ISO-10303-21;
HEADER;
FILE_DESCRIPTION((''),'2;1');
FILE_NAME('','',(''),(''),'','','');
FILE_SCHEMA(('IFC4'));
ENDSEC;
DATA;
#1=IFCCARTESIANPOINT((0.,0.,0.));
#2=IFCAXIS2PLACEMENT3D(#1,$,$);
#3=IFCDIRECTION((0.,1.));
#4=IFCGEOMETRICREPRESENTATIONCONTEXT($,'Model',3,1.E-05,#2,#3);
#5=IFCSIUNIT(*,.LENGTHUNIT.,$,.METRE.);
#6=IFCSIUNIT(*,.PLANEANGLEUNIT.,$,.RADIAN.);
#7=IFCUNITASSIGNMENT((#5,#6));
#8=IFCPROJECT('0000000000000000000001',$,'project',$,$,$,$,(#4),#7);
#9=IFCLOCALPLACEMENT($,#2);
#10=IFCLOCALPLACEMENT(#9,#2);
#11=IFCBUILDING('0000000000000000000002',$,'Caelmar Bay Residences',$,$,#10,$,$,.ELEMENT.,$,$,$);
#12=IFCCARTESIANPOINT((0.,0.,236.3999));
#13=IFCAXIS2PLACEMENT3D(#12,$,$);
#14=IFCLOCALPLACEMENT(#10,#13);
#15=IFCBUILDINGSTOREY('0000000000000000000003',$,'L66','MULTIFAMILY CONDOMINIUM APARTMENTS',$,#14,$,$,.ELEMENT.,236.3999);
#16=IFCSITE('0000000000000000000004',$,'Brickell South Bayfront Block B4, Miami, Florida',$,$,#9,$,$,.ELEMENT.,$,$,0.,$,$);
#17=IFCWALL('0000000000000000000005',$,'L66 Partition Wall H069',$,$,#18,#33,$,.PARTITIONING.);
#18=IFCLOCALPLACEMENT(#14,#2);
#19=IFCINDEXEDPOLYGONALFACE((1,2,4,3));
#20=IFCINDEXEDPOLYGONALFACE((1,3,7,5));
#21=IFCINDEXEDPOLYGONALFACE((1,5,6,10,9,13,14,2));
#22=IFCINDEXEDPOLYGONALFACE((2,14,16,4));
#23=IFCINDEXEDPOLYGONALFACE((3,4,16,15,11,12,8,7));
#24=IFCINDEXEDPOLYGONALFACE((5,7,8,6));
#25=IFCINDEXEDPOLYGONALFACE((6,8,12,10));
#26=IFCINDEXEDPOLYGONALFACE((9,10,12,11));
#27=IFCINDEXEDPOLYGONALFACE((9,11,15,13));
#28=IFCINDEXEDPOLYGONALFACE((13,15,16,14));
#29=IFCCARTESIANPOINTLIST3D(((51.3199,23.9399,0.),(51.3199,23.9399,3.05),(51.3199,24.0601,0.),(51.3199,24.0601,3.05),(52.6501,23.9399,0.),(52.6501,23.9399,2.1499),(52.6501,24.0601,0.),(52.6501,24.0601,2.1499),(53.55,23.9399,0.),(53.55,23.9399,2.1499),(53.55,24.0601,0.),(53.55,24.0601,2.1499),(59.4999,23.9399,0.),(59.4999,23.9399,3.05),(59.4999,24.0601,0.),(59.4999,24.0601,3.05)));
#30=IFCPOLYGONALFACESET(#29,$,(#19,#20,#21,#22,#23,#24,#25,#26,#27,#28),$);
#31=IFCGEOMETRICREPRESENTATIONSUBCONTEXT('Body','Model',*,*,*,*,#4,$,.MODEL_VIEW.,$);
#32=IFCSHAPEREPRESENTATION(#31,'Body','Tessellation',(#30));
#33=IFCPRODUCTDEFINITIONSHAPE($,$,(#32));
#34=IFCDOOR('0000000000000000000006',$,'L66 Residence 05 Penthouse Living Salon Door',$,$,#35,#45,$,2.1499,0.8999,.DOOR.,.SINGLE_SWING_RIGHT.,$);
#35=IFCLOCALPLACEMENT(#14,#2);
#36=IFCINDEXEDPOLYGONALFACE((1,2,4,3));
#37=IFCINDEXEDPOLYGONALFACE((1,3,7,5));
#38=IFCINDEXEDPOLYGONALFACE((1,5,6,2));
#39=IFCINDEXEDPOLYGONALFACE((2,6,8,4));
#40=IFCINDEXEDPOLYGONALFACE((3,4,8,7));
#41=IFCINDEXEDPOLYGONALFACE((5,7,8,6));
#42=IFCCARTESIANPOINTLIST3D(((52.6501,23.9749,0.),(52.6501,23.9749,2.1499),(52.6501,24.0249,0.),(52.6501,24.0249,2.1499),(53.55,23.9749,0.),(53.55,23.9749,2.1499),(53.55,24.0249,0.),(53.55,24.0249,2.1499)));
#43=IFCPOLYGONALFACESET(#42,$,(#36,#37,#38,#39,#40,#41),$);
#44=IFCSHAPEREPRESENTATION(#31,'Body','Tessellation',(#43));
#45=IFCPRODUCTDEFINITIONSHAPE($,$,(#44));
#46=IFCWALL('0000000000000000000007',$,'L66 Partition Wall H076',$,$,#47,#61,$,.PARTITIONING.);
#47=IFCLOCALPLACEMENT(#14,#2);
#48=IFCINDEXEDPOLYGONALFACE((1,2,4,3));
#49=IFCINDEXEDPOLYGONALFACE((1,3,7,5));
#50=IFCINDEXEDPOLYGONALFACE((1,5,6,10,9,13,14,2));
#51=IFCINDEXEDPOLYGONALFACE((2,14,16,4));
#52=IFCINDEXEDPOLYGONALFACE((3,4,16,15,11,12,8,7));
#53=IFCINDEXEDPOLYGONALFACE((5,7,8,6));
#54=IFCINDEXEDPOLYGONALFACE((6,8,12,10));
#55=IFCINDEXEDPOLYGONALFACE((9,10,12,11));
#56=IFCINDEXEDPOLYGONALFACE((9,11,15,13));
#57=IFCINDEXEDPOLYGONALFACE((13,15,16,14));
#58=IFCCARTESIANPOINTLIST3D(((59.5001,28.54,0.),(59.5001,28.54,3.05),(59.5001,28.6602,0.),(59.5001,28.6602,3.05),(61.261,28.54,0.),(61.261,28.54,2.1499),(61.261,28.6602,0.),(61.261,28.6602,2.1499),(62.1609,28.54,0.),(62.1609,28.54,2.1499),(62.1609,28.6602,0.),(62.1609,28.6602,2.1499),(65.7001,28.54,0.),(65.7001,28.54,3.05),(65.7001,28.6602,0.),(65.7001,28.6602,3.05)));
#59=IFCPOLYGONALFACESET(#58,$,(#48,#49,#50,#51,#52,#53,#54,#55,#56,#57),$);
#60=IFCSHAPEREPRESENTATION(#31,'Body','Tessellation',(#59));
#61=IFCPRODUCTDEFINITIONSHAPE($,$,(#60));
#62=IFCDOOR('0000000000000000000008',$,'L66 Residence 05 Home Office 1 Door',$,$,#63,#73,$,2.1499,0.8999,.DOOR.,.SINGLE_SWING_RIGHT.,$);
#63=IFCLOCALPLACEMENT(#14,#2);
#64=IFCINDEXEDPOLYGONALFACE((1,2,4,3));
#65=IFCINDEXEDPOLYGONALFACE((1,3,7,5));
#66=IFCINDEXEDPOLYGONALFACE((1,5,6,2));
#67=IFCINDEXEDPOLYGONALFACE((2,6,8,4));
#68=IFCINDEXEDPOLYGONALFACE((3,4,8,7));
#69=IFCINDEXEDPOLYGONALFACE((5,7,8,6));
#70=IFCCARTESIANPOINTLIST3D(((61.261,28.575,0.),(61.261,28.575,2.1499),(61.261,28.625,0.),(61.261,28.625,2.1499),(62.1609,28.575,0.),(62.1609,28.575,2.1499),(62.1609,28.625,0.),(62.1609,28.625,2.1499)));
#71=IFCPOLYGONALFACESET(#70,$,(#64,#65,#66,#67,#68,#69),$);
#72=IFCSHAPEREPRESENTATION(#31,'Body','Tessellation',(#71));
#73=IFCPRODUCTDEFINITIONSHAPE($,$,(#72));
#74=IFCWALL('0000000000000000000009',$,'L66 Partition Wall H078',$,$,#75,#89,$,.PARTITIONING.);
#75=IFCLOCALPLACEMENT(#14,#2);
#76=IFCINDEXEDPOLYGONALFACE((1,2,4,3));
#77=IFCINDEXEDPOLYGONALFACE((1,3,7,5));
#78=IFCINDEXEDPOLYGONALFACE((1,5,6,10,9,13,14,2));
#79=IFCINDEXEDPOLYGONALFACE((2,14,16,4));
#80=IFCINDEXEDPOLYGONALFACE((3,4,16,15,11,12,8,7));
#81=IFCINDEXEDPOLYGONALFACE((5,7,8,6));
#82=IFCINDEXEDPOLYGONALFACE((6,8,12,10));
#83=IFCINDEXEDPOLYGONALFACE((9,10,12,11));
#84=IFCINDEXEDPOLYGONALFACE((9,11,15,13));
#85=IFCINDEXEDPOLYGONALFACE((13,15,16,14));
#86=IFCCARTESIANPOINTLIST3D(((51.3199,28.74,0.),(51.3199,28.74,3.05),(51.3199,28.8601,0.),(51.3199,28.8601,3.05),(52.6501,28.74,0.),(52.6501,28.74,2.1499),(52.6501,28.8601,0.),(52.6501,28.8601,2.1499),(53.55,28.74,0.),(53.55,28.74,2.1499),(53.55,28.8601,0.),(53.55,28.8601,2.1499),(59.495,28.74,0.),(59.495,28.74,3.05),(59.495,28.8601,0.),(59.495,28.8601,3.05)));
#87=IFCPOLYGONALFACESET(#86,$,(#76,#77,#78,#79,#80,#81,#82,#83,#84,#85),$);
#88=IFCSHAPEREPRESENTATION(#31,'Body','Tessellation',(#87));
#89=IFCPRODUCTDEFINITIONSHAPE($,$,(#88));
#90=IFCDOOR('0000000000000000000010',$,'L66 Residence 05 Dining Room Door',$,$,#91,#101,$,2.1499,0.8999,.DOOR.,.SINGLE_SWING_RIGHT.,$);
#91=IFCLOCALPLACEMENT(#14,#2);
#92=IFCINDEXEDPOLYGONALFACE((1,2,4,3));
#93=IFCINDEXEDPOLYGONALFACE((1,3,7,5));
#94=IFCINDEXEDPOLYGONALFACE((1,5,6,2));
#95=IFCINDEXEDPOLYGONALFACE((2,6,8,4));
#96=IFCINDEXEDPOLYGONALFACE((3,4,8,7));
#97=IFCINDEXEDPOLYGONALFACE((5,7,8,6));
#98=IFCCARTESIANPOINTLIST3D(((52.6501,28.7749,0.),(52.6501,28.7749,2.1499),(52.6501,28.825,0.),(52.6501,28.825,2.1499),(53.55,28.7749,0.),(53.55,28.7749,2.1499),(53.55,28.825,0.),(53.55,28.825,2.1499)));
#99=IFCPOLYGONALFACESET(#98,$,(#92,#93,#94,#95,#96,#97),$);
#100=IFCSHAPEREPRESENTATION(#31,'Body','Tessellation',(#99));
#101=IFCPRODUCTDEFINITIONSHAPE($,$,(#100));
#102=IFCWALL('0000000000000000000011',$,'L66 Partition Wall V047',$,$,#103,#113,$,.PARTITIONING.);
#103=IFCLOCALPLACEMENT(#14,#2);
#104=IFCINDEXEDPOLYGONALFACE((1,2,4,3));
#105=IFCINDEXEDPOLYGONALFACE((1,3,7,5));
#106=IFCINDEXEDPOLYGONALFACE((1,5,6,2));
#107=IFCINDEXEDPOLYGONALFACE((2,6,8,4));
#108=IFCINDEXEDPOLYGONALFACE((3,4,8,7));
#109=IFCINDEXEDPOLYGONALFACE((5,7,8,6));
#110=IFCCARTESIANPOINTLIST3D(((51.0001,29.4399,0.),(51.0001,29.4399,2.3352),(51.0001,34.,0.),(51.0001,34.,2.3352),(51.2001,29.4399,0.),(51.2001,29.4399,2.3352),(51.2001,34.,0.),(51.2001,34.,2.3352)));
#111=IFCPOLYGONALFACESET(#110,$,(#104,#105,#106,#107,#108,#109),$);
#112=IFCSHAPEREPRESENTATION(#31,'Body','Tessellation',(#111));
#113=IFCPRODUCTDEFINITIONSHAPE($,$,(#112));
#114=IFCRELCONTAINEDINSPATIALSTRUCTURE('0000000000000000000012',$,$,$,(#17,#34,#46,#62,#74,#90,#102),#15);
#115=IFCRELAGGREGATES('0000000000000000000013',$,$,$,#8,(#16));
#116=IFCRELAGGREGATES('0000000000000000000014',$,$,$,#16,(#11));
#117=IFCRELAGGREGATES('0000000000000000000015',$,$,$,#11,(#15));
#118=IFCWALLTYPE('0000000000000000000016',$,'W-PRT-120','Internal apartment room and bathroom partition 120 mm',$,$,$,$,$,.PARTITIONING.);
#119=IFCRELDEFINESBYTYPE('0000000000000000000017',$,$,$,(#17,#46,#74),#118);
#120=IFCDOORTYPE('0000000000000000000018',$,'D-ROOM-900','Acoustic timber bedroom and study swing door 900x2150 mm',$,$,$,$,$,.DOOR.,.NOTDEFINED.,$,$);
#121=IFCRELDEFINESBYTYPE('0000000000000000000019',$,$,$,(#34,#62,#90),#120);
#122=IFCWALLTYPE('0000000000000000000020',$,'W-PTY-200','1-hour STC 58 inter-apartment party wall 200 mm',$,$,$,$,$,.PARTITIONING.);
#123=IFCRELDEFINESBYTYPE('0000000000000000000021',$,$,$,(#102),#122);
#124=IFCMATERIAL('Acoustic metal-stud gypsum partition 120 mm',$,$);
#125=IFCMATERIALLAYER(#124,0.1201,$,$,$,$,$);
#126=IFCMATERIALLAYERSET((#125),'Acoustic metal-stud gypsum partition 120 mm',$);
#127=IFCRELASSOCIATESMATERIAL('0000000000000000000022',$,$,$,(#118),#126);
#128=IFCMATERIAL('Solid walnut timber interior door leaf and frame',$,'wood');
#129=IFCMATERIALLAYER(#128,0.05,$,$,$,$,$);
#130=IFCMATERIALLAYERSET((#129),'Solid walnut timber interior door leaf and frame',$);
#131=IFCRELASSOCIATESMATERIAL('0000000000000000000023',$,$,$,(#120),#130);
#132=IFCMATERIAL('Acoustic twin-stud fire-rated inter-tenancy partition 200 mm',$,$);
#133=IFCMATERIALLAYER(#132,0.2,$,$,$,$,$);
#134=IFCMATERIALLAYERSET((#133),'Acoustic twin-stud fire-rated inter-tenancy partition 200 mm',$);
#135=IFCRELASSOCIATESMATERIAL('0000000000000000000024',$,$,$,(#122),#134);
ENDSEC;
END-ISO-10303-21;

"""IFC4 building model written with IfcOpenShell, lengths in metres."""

from ifc_helpers import new_model, si_unit, direction, frame, frame_2d, origin, place, context, subcontext, project, spatial, rectangle, extrude, material, layer, layer_set, type_object, element, fill, save


model = new_model("IFC4")

# Units and contexts
model_context = context("Model", 3, precision=1e-05, world=origin(), true_north=direction((0.0, 1.0)))
body_context = subcontext(model_context, "Body", "Model", "MODEL_VIEW")
ifc_project = project(units=[si_unit("LENGTHUNIT", "METRE"), si_unit("PLANEANGLEUNIT", "RADIAN")], contexts=[model_context])

# Site, building, storey
site_placement = place(None, origin())
site = spatial("IfcSite", under=ifc_project, at=site_placement, Name="Brickell South Bayfront Block B4, Miami, Florida", CompositionType="ELEMENT", RefElevation=0.0)
building_placement = place(site_placement, origin())
building = spatial("IfcBuilding", under=site, at=building_placement, Name="Caelmar Bay Residences", CompositionType="ELEMENT")
storey_placement = place(building_placement, frame((0.0, 0.0, 236.3999)))
storey = spatial("IfcBuildingStorey", under=building, at=storey_placement, Name="L66", Description="MULTIFAMILY CONDOMINIUM APARTMENTS", CompositionType="ELEMENT", Elevation=236.3999)

# Shared definitions
ifc_material_1 = material(Name="Acoustic metal-stud gypsum partition 120 mm")
ifc_layer_1 = layer(ifc_material_1, 0.1201)
ifc_layer_set_1 = layer_set([ifc_layer_1], Name="Acoustic metal-stud gypsum partition 120 mm")
wall_type_1 = type_object("IfcWallType", Name="W-PRT-120", Description="Internal apartment room and bathroom partition 120 mm", PredefinedType="PARTITIONING", material=ifc_layer_set_1)

# Shared definitions
ifc_material_2 = material(Name="Solid walnut timber interior door leaf and frame", Category="wood")
ifc_layer_2 = layer(ifc_material_2, 0.05)
ifc_layer_set_2 = layer_set([ifc_layer_2], Name="Solid walnut timber interior door leaf and frame")
door_type_1 = type_object("IfcDoorType", Name="D-ROOM-900", Description="Acoustic timber bedroom and study swing door 900x2150 mm", OperationType="NOTDEFINED", PredefinedType="DOOR", material=ifc_layer_set_2)

# Walls, openings, doors
wall_1_placement = place(storey_placement, frame((51.3201, 24.0, 0.0), z_axis=(0.0, 0.0, 1.0), x_axis=(1.0, 0.0, 0.0)))
wall_1 = element("IfcWall", 1, at=wall_1_placement, inside=storey, type_object=wall_type_1, Name="L66 Partition Wall H069", PredefinedType="PARTITIONING", context=body_context, shape_type="SweptSolid", body=[
    extrude(rectangle(XDim=8.1799, YDim=0.1201, at=frame_2d((4.0898, 0.0))), origin(), (0.0, 0.0, 1.0), 3.05),
])
opening_1_placement = place(wall_1_placement, frame((1.3301, 0.0, 0.0)))
opening_1 = element("IfcOpeningElement", 2, at=opening_1_placement, cuts=wall_1, PredefinedType="OPENING", context=body_context, shape_type="SweptSolid", body=[
    extrude(rectangle(XDim=0.8999, YDim=2.1499, at=frame_2d((0.45, 1.075))), frame((0.0, 0.0701, 0.0), z_axis=(0.0, -1.0, 0.0), x_axis=(1.0, 0.0, 0.0)), (0.0, 0.0, 1.0), 0.1401),
])
door_1_placement = place(opening_1_placement, origin())
door_1 = element("IfcDoor", 3, at=door_1_placement, inside=storey, type_object=door_type_1, Name="L66 Residence 05 Penthouse Living Salon Door", OperationType="SINGLE_SWING_RIGHT", OverallHeight=2.1499, OverallWidth=0.8999, PredefinedType="DOOR", context=body_context, shape_type="SweptSolid", body=[
    extrude(rectangle(XDim=0.8999, YDim=2.1499, at=frame_2d((0.45, 1.075))), frame((0.0, 0.0249, 0.0), z_axis=(0.0, -1.0, 0.0), x_axis=(1.0, 0.0, 0.0)), (0.0, 0.0, 1.0), 0.05),
])
fill(opening_1, door_1)
wall_2_placement = place(storey_placement, frame((59.5, 28.6001, 0.0), z_axis=(0.0, 0.0, 1.0), x_axis=(1.0, 0.0, 0.0)))
wall_2 = element("IfcWall", 4, at=wall_2_placement, inside=storey, type_object=wall_type_1, Name="L66 Partition Wall H076", PredefinedType="PARTITIONING", context=body_context, shape_type="SweptSolid", body=[
    extrude(rectangle(XDim=6.2, YDim=0.1201, at=frame_2d((3.1001, 0.0))), origin(), (0.0, 0.0, 1.0), 3.05),
])
opening_2_placement = place(wall_2_placement, frame((1.761, 0.0, 0.0)))
opening_2 = element("IfcOpeningElement", 5, at=opening_2_placement, cuts=wall_2, PredefinedType="OPENING", context=body_context, shape_type="SweptSolid", body=[
    extrude(rectangle(XDim=0.8999, YDim=2.1499, at=frame_2d((0.45, 1.075))), frame((0.0, 0.0701, 0.0), z_axis=(0.0, -1.0, 0.0), x_axis=(1.0, 0.0, 0.0)), (0.0, 0.0, 1.0), 0.1401),
])
door_2_placement = place(opening_2_placement, origin())
door_2 = element("IfcDoor", 6, at=door_2_placement, inside=storey, type_object=door_type_1, Name="L66 Residence 05 Home Office 1 Door", OperationType="SINGLE_SWING_RIGHT", OverallHeight=2.1499, OverallWidth=0.8999, PredefinedType="DOOR", context=body_context, shape_type="SweptSolid", body=[
    extrude(rectangle(XDim=0.8999, YDim=2.1499, at=frame_2d((0.45, 1.075))), frame((0.0, 0.0249, 0.0), z_axis=(0.0, -1.0, 0.0), x_axis=(1.0, 0.0, 0.0)), (0.0, 0.0, 1.0), 0.05),
])
fill(opening_2, door_2)
wall_3_placement = place(storey_placement, frame((51.3201, 28.8, 0.0), z_axis=(0.0, 0.0, 1.0), x_axis=(1.0, 0.0, 0.0)))
wall_3 = element("IfcWall", 7, at=wall_3_placement, inside=storey, type_object=wall_type_1, Name="L66 Partition Wall H078", PredefinedType="PARTITIONING", context=body_context, shape_type="SweptSolid", body=[
    extrude(rectangle(XDim=8.175, YDim=0.1201, at=frame_2d((4.0874, 0.0))), origin(), (0.0, 0.0, 1.0), 3.05),
])
opening_3_placement = place(wall_3_placement, frame((1.3301, 0.0, 0.0)))
opening_3 = element("IfcOpeningElement", 8, at=opening_3_placement, cuts=wall_3, PredefinedType="OPENING", context=body_context, shape_type="SweptSolid", body=[
    extrude(rectangle(XDim=0.8999, YDim=2.1499, at=frame_2d((0.45, 1.075))), frame((0.0, 0.0701, 0.0), z_axis=(0.0, -1.0, 0.0), x_axis=(1.0, 0.0, 0.0)), (0.0, 0.0, 1.0), 0.1401),
])
door_3_placement = place(opening_3_placement, origin())
door_3 = element("IfcDoor", 9, at=door_3_placement, inside=storey, type_object=door_type_1, Name="L66 Residence 05 Dining Room Door", OperationType="SINGLE_SWING_RIGHT", OverallHeight=2.1499, OverallWidth=0.8999, PredefinedType="DOOR", context=body_context, shape_type="SweptSolid", body=[
    extrude(rectangle(XDim=0.8999, YDim=2.1499, at=frame_2d((0.45, 1.075))), frame((0.0, 0.0249, 0.0), z_axis=(0.0, -1.0, 0.0), x_axis=(1.0, 0.0, 0.0)), (0.0, 0.0, 1.0), 0.05),
])
fill(opening_3, door_3)

# Wall
ifc_material_3 = material(Name="Acoustic twin-stud fire-rated inter-tenancy partition 200 mm")
ifc_layer_3 = layer(ifc_material_3, 0.2)
ifc_layer_set_3 = layer_set([ifc_layer_3], Name="Acoustic twin-stud fire-rated inter-tenancy partition 200 mm")
wall_type_2 = type_object("IfcWallType", Name="W-PTY-200", Description="1-hour STC 58 inter-apartment party wall 200 mm", PredefinedType="PARTITIONING", material=ifc_layer_set_3)
wall_4_placement = place(storey_placement, frame((51.1001, 29.4399, 0.0), z_axis=(0.0, 0.0, 1.0), x_axis=(0.0, 1.0, 0.0)))
element("IfcWall", 10, at=wall_4_placement, inside=storey, type_object=wall_type_2, Name="L66 Partition Wall V047", PredefinedType="PARTITIONING", context=body_context, shape_type="SweptSolid", body=[
    extrude(rectangle(XDim=4.5601, YDim=0.2, at=frame_2d((2.28, 0.0))), origin(), (0.0, 0.0, 1.0), 2.3352),
])

save(model, "model.ifc")
